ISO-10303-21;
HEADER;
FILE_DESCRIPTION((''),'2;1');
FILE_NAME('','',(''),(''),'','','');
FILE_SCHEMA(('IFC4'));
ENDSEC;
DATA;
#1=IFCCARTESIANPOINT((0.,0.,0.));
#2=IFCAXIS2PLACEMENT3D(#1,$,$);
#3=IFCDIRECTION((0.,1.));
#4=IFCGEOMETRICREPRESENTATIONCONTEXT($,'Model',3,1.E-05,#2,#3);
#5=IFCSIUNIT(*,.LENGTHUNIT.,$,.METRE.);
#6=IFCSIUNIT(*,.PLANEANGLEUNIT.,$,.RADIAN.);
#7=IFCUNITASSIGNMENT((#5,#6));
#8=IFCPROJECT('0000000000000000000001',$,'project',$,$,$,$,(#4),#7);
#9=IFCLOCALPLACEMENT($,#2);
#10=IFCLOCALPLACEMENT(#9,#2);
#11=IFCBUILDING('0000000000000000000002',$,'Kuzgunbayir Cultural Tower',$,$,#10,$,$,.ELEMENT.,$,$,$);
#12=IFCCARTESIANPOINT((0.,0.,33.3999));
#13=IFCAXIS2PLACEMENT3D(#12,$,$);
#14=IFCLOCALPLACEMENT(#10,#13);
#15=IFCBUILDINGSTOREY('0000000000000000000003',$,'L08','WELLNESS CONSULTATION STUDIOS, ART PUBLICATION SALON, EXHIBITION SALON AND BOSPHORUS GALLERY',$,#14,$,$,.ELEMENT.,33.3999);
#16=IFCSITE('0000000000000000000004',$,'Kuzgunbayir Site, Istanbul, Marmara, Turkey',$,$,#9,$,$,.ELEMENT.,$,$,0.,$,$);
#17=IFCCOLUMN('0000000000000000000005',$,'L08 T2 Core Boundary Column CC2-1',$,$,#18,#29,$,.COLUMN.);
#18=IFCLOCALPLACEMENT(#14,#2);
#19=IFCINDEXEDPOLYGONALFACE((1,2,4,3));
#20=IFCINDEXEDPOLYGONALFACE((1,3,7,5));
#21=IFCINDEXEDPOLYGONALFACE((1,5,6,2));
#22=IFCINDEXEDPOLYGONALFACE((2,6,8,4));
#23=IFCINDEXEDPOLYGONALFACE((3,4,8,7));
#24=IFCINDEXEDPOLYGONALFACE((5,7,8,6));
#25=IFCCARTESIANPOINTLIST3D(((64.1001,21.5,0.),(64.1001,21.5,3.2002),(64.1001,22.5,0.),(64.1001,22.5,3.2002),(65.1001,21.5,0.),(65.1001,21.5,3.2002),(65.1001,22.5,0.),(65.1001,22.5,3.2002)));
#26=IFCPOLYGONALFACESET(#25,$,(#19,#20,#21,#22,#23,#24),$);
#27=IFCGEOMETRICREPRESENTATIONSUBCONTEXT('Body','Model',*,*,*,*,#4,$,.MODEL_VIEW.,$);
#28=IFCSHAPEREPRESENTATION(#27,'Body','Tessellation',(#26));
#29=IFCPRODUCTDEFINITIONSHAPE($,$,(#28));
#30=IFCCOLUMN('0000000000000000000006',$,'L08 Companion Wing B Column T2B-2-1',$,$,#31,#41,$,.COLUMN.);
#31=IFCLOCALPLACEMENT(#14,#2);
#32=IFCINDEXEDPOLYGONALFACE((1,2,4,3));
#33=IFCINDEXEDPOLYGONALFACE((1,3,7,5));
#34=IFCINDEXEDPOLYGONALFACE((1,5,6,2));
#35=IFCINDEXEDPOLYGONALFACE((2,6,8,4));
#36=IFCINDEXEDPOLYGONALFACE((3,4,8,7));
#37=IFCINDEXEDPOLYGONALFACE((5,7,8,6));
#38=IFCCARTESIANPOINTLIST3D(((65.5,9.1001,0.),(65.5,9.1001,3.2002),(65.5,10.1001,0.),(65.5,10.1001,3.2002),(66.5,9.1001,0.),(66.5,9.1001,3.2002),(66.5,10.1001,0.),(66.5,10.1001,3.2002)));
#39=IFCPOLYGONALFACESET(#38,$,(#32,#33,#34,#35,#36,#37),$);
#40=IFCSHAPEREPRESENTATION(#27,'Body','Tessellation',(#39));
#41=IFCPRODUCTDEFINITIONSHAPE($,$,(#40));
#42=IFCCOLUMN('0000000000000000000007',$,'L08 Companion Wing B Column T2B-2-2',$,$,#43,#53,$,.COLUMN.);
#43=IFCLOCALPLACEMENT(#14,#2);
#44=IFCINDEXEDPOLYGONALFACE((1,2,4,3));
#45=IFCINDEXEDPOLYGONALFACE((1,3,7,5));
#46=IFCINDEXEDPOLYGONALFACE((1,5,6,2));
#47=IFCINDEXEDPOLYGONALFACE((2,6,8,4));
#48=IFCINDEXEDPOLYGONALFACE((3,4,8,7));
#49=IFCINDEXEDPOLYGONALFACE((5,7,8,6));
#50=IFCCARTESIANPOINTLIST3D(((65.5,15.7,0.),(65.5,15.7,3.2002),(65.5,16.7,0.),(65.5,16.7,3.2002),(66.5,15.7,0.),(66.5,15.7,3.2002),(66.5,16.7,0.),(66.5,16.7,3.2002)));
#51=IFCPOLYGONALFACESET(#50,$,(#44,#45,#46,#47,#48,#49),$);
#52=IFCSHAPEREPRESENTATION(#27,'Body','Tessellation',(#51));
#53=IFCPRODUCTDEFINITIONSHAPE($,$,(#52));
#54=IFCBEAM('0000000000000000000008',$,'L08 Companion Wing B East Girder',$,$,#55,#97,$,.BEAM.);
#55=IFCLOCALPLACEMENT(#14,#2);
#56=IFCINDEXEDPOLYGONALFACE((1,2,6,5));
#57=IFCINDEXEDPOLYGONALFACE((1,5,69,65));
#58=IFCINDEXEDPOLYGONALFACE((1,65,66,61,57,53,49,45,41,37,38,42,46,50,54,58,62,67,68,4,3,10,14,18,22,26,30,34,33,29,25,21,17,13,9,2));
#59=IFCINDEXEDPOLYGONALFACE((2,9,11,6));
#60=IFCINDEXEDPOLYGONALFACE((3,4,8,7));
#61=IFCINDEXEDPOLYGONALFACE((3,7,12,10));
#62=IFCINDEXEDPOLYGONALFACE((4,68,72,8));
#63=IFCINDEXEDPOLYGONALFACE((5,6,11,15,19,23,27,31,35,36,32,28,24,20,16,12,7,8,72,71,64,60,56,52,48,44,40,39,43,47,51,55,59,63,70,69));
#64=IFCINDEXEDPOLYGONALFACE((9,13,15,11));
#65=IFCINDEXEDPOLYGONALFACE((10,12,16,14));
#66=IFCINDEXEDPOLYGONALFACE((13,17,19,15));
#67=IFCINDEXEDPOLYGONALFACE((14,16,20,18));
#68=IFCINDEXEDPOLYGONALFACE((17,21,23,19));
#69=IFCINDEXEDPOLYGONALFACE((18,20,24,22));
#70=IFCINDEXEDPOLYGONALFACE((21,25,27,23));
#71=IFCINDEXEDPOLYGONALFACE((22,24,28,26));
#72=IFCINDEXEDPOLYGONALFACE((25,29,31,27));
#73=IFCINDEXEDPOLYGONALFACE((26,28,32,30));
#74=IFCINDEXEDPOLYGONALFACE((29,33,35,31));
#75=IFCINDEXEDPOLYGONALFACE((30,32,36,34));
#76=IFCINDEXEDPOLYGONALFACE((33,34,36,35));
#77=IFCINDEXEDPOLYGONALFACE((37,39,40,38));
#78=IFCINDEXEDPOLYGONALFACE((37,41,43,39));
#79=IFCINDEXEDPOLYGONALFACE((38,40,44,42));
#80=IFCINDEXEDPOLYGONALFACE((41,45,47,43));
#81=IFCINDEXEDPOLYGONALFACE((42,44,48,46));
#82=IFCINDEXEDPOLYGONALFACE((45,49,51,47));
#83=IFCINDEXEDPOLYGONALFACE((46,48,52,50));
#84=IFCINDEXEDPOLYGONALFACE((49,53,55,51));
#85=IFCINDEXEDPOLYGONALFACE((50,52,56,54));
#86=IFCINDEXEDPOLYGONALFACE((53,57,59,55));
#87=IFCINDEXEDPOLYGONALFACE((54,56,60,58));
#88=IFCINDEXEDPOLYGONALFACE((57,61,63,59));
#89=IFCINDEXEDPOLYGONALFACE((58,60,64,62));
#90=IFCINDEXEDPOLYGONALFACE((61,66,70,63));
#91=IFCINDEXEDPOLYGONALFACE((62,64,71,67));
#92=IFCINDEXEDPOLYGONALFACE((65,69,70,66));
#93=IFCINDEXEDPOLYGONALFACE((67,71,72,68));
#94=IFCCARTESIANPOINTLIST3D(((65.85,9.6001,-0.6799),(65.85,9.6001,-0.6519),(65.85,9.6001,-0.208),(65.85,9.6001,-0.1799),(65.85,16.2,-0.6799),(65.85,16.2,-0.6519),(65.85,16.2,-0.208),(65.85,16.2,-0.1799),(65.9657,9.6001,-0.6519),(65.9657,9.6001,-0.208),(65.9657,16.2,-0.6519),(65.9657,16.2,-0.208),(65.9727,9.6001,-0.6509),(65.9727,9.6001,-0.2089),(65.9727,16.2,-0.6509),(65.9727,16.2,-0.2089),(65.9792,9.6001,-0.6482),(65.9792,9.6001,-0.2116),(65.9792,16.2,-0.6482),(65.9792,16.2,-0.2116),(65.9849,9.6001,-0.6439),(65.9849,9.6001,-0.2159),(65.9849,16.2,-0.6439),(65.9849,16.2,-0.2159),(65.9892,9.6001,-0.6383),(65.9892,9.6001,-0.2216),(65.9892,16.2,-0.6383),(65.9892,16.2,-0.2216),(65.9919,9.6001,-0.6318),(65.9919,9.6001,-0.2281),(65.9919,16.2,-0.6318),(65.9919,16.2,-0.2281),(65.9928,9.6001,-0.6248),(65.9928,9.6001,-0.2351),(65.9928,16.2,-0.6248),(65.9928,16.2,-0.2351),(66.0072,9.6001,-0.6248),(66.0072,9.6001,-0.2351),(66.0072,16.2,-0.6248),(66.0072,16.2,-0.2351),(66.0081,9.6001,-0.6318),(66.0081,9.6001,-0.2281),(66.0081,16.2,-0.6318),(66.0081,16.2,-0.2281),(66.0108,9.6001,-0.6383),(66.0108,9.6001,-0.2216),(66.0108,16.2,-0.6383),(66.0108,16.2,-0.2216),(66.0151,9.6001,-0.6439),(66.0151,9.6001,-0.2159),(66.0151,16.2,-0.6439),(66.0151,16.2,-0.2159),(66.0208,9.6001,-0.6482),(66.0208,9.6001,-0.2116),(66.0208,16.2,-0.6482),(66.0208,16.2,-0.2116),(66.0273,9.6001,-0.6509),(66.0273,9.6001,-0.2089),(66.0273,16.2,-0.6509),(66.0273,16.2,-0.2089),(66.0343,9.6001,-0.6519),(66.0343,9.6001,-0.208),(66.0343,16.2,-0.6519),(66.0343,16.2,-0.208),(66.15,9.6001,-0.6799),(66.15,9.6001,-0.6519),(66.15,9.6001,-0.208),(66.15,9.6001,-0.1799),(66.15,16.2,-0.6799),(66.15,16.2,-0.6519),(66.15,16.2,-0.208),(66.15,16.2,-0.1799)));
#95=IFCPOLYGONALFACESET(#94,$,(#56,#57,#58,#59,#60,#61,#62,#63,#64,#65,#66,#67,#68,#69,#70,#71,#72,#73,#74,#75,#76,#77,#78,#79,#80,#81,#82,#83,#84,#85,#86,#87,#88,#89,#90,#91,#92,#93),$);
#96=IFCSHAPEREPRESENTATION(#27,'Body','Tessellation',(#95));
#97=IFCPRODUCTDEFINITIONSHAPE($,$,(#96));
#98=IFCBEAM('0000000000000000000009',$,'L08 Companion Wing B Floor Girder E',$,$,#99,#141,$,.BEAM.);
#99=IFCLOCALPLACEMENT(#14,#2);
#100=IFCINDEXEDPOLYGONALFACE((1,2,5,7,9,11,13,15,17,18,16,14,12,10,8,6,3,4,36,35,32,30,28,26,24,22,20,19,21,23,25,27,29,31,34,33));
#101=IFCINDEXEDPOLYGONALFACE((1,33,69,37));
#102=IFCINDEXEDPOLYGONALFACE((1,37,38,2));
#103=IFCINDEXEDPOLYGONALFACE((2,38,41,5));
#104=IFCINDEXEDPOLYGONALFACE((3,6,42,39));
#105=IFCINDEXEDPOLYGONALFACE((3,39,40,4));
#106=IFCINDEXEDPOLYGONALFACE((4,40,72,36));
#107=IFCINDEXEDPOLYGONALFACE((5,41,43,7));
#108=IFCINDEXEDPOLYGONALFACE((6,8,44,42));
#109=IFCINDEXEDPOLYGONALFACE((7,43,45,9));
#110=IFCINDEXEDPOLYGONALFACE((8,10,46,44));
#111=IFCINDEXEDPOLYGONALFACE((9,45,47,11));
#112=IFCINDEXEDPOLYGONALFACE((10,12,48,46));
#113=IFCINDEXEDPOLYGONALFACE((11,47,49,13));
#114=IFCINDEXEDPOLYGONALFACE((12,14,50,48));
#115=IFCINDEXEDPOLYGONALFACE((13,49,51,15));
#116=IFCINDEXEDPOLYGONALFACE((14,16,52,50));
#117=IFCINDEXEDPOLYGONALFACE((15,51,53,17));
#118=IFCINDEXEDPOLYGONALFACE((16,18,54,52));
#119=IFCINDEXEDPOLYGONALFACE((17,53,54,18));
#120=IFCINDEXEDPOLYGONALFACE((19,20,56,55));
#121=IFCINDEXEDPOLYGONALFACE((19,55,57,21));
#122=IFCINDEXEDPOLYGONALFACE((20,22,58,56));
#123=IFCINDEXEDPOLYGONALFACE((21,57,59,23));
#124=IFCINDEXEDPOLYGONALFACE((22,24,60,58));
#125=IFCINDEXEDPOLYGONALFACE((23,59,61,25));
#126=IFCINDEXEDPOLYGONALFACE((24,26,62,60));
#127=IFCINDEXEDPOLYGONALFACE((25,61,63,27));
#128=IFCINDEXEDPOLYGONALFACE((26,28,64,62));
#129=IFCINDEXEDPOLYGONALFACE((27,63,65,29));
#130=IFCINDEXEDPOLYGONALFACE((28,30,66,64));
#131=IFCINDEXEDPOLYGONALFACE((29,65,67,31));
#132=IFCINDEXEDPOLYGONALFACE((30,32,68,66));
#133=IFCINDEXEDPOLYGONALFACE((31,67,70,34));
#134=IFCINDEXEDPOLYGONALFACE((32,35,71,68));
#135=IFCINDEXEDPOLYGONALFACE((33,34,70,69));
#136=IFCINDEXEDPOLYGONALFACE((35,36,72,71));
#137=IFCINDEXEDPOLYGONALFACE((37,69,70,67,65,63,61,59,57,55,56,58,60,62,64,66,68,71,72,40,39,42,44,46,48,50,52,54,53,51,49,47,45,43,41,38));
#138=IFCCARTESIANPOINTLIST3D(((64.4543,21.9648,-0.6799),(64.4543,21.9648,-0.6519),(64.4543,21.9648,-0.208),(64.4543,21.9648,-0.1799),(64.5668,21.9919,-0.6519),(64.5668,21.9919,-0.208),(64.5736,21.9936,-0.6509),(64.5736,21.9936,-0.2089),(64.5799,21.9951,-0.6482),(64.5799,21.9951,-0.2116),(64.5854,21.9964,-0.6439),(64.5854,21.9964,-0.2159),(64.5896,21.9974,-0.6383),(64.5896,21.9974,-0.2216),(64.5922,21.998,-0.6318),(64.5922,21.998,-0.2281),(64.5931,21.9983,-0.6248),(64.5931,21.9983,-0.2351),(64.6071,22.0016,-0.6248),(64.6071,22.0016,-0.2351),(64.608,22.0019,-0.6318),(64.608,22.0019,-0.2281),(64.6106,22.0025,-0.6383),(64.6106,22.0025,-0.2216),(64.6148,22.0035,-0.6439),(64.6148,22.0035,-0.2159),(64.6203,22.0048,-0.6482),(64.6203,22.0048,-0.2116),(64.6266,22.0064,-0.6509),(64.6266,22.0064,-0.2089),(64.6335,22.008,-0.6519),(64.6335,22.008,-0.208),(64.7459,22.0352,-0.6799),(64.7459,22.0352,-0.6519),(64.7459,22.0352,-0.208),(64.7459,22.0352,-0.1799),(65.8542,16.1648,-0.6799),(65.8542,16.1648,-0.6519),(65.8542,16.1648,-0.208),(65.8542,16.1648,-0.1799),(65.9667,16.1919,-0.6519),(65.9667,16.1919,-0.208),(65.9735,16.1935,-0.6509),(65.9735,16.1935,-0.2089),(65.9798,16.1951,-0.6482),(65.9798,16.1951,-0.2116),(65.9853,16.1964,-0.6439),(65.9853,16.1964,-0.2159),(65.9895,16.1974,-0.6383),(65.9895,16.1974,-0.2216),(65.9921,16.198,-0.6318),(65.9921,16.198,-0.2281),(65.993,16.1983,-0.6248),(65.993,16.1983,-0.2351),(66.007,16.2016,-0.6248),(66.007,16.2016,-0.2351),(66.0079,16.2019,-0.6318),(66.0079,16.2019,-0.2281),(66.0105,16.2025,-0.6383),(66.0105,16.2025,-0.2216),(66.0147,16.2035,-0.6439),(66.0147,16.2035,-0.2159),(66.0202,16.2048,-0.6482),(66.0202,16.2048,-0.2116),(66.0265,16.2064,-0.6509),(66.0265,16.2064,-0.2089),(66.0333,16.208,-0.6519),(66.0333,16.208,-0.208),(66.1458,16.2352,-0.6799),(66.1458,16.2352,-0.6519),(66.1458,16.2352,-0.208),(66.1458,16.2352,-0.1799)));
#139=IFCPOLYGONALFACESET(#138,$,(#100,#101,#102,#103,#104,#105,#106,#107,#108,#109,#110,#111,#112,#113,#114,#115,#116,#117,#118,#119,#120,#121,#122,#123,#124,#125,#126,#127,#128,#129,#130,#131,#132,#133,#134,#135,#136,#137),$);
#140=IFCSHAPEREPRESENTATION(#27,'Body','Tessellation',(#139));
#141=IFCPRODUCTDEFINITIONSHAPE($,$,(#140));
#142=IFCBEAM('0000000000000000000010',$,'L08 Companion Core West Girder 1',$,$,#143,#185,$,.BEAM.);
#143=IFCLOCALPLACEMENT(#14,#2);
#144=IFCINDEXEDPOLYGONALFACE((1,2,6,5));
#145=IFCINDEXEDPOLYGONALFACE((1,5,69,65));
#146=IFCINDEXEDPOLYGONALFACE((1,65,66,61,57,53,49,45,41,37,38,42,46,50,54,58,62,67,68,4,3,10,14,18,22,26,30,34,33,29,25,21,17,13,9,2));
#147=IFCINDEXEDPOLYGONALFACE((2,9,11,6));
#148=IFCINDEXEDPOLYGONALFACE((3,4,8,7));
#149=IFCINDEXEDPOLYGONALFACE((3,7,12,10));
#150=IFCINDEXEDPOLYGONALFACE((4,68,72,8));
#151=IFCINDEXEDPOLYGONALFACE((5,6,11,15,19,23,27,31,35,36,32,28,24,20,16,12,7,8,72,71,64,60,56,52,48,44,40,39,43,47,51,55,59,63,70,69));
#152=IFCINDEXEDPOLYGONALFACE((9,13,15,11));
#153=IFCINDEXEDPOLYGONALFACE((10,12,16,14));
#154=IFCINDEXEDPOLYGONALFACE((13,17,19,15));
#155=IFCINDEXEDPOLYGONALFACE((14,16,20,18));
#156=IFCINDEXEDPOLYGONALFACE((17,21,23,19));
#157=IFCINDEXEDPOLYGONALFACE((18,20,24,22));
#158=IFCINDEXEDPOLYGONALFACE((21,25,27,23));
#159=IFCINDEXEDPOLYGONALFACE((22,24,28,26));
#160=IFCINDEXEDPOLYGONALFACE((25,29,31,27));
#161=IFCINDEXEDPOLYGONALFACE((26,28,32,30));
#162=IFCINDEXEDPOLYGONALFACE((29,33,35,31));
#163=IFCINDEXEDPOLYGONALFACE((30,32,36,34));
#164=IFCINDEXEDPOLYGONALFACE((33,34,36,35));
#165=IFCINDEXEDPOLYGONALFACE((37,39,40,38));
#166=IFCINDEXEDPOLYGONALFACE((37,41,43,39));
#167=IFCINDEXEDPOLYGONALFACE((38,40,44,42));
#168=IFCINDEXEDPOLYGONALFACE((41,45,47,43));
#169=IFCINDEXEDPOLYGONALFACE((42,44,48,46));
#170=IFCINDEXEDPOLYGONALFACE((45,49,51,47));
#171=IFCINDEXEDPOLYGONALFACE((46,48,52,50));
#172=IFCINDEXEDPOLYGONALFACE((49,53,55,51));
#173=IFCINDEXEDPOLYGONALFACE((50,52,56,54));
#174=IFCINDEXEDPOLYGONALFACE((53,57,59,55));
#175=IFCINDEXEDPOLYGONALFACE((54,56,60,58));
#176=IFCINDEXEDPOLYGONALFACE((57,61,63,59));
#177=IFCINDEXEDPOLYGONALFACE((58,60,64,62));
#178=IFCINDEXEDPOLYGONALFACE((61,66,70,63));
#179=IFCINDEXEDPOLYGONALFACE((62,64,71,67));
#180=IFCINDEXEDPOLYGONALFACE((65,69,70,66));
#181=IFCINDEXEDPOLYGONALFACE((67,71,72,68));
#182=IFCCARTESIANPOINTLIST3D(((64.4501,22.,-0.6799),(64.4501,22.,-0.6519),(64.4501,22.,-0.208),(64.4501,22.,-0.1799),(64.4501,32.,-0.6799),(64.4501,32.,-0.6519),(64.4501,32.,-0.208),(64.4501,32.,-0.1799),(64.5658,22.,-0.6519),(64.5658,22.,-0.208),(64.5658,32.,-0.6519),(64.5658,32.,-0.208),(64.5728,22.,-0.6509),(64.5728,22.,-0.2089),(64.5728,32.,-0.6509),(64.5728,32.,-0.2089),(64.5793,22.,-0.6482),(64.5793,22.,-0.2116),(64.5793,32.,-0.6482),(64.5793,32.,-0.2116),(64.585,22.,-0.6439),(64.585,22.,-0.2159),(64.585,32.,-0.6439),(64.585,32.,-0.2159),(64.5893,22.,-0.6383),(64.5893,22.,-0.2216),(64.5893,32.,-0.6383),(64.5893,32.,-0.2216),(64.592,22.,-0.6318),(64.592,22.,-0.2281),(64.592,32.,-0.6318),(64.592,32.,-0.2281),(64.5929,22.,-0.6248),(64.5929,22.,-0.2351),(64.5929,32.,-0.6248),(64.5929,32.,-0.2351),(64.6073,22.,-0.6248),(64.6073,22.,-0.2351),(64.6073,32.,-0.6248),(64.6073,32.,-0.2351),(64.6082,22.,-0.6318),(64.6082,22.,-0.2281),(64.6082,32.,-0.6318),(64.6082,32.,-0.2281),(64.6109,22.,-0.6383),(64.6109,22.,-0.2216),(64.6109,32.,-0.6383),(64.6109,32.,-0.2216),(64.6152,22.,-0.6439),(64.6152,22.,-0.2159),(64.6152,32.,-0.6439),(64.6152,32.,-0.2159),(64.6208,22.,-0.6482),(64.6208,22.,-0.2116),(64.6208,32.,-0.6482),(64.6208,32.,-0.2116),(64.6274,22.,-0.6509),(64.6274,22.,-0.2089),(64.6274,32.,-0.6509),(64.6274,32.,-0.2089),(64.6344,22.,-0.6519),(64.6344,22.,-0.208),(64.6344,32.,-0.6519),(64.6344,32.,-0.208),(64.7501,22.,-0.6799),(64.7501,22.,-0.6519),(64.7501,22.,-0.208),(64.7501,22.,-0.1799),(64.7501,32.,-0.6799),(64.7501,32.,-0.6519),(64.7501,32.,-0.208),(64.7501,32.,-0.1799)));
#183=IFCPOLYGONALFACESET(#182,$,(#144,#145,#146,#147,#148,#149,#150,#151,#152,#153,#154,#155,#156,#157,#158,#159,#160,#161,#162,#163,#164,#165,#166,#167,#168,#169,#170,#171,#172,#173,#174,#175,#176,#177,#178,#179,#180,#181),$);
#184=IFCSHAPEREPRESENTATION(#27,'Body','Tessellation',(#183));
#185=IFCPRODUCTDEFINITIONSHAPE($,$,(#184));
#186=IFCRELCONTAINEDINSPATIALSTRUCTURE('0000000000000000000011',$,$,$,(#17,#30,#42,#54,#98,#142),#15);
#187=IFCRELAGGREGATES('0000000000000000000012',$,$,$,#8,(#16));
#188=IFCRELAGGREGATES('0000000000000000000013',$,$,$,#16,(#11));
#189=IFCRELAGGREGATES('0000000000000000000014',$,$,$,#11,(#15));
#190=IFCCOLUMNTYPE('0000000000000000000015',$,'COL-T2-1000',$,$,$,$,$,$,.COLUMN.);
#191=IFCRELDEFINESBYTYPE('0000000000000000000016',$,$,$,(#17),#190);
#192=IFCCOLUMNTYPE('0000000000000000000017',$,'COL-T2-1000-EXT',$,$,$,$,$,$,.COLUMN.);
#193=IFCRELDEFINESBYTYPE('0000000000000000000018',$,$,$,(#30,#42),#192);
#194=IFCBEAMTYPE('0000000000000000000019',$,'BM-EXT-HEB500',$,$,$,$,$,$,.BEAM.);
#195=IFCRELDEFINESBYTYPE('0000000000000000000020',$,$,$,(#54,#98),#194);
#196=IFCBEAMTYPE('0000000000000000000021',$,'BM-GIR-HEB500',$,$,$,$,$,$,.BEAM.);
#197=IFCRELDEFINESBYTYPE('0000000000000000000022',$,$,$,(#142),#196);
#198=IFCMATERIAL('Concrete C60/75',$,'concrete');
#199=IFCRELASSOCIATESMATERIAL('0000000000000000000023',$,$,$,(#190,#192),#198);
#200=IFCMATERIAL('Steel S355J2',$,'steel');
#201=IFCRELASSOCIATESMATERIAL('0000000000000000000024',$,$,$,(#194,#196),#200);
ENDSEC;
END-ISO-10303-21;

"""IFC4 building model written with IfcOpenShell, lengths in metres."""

from ifc_helpers import new_model, si_unit, direction, frame, origin, origin_2d, place, context, subcontext, project, spatial, rectangle, i_section, extrude, material, material_profile, profile_set, type_object, element, save


model = new_model("IFC4")

# Units and contexts
model_context = context("Model", 3, precision=1e-05, world=origin(), true_north=direction((0.0, 1.0)))
body_context = subcontext(model_context, "Body", "Model", "MODEL_VIEW")
ifc_project = project(units=[si_unit("LENGTHUNIT", "METRE"), si_unit("PLANEANGLEUNIT", "RADIAN")], contexts=[model_context])

# Site, building, storey
site_placement = place(None, origin())
site = spatial("IfcSite", under=ifc_project, at=site_placement, Name="Kuzgunbayir Site, Istanbul, Marmara, Turkey", CompositionType="ELEMENT", RefElevation=0.0)
building_placement = place(site_placement, origin())
building = spatial("IfcBuilding", under=site, at=building_placement, Name="Kuzgunbayir Cultural Tower", CompositionType="ELEMENT")
storey_placement = place(building_placement, frame((0.0, 0.0, 33.3999)))
storey = spatial("IfcBuildingStorey", under=building, at=storey_placement, Name="L08", Description="WELLNESS CONSULTATION STUDIOS, ART PUBLICATION SALON, EXHIBITION SALON AND BOSPHORUS GALLERY", CompositionType="ELEMENT", Elevation=33.3999)

# Columns
ifc_material_1 = material(Name="Concrete C60/75", Category="concrete")
ifc_material_profile_1 = material_profile(ifc_material_1, rectangle(XDim=1.0, YDim=1.0, at=origin_2d()), Name="RC 1000x1000")
ifc_profile_set_1 = profile_set([ifc_material_profile_1], Name="Concrete C60/75")
column_type_1 = type_object("IfcColumnType", Name="COL-T2-1000", PredefinedType="COLUMN", material=ifc_profile_set_1)
column_placement = place(storey_placement, frame((64.6001, 22.0, 0.0), z_axis=(0.0, 0.0, 1.0), x_axis=(1.0, 0.0, 0.0)))
element("IfcColumn", 1, at=column_placement, inside=storey, type_object=column_type_1, Name="L08 T2 Core Boundary Column CC2-1", PredefinedType="COLUMN", context=body_context, shape_type="SweptSolid", body=[
    extrude(rectangle(XDim=1.0, YDim=1.0, at=origin_2d()), origin(), (0.0, 0.0, 1.0), 3.2002),
])
ifc_material_profile_2 = material_profile(ifc_material_1, rectangle(XDim=1.0, YDim=1.0, at=origin_2d()), Name="RC 1000x1000")
ifc_profile_set_2 = profile_set([ifc_material_profile_2], Name="Concrete C60/75")
column_type_2 = type_object("IfcColumnType", Name="COL-T2-1000-EXT", PredefinedType="COLUMN", material=ifc_profile_set_2)
for number, where, z_axis, x_axis, name in (
    (2, (66.0, 9.6001, 0.0), (0.0, 0.0, 1.0), (1.0, 0.0, 0.0), "L08 Companion Wing B Column T2B-2-1"),
    (3, (66.0, 16.2, 0.0), (0.0, 0.0, 1.0), (1.0, 0.0, 0.0), "L08 Companion Wing B Column T2B-2-2"),
):
    element("IfcColumn", number, at=place(storey_placement, frame(where, z_axis=z_axis, x_axis=x_axis)), inside=storey, type_object=column_type_2, Name=name, PredefinedType="COLUMN", context=body_context, shape_type="SweptSolid", body=[
        extrude(rectangle(XDim=1.0, YDim=1.0, at=origin_2d()), origin(), (0.0, 0.0, 1.0), 3.2002),
    ])

# Beams
ifc_material_2 = material(Name="Steel S355J2", Category="steel")
ifc_material_profile_3 = material_profile(ifc_material_2, i_section(OverallWidth=0.3, OverallDepth=0.5, WebThickness=0.0144, FlangeThickness=0.0281, FilletRadius=0.0271, at=origin_2d()), Name="HEB 500")
ifc_profile_set_3 = profile_set([ifc_material_profile_3], Name="Steel S355J2")
beam_type_1 = type_object("IfcBeamType", Name="BM-EXT-HEB500", PredefinedType="BEAM", material=ifc_profile_set_3)
beam_1_placement = place(storey_placement, frame((66.0, 9.6001, -0.4299), z_axis=(0.0, 1.0, 0.0), x_axis=(-1.0, 0.0, 0.0)))
element("IfcBeam", 4, at=beam_1_placement, inside=storey, type_object=beam_type_1, Name="L08 Companion Wing B East Girder", PredefinedType="BEAM", context=body_context, shape_type="SweptSolid", body=[
    extrude(i_section(OverallWidth=0.3, OverallDepth=0.5, WebThickness=0.0144, FlangeThickness=0.0281, FilletRadius=0.0271, at=origin_2d()), origin(), (0.0, 0.0, 1.0), 6.5999),
])
beam_2_placement = place(storey_placement, frame((66.0, 16.2, -0.4299), z_axis=(-0.234623, 0.972086, 0.0), x_axis=(-0.972086, -0.234623, 0.0)))
element("IfcBeam", 5, at=beam_2_placement, inside=storey, type_object=beam_type_1, Name="L08 Companion Wing B Floor Girder E", PredefinedType="BEAM", context=body_context, shape_type="SweptSolid", body=[
    extrude(i_section(OverallWidth=0.3, OverallDepth=0.5, WebThickness=0.0144, FlangeThickness=0.0281, FilletRadius=0.0271, at=origin_2d()), origin(), (0.0, 0.0, 1.0), 5.9666),
])
ifc_material_profile_4 = material_profile(ifc_material_2, i_section(OverallWidth=0.3, OverallDepth=0.5, WebThickness=0.0144, FlangeThickness=0.0281, FilletRadius=0.0271, at=origin_2d()), Name="HEB 500")
ifc_profile_set_4 = profile_set([ifc_material_profile_4], Name="Steel S355J2")
beam_type_2 = type_object("IfcBeamType", Name="BM-GIR-HEB500", PredefinedType="BEAM", material=ifc_profile_set_4)
beam_3_placement = place(storey_placement, frame((64.6001, 22.0, -0.4299), z_axis=(0.0, 1.0, 0.0), x_axis=(-1.0, 0.0, 0.0)))
element("IfcBeam", 6, at=beam_3_placement, inside=storey, type_object=beam_type_2, Name="L08 Companion Core West Girder 1", PredefinedType="BEAM", context=body_context, shape_type="SweptSolid", body=[
    extrude(i_section(OverallWidth=0.3, OverallDepth=0.5, WebThickness=0.0144, FlangeThickness=0.0281, FilletRadius=0.0271, at=origin_2d()), origin(), (0.0, 0.0, 1.0), 10.0),
])

save(model, "model.ifc")
